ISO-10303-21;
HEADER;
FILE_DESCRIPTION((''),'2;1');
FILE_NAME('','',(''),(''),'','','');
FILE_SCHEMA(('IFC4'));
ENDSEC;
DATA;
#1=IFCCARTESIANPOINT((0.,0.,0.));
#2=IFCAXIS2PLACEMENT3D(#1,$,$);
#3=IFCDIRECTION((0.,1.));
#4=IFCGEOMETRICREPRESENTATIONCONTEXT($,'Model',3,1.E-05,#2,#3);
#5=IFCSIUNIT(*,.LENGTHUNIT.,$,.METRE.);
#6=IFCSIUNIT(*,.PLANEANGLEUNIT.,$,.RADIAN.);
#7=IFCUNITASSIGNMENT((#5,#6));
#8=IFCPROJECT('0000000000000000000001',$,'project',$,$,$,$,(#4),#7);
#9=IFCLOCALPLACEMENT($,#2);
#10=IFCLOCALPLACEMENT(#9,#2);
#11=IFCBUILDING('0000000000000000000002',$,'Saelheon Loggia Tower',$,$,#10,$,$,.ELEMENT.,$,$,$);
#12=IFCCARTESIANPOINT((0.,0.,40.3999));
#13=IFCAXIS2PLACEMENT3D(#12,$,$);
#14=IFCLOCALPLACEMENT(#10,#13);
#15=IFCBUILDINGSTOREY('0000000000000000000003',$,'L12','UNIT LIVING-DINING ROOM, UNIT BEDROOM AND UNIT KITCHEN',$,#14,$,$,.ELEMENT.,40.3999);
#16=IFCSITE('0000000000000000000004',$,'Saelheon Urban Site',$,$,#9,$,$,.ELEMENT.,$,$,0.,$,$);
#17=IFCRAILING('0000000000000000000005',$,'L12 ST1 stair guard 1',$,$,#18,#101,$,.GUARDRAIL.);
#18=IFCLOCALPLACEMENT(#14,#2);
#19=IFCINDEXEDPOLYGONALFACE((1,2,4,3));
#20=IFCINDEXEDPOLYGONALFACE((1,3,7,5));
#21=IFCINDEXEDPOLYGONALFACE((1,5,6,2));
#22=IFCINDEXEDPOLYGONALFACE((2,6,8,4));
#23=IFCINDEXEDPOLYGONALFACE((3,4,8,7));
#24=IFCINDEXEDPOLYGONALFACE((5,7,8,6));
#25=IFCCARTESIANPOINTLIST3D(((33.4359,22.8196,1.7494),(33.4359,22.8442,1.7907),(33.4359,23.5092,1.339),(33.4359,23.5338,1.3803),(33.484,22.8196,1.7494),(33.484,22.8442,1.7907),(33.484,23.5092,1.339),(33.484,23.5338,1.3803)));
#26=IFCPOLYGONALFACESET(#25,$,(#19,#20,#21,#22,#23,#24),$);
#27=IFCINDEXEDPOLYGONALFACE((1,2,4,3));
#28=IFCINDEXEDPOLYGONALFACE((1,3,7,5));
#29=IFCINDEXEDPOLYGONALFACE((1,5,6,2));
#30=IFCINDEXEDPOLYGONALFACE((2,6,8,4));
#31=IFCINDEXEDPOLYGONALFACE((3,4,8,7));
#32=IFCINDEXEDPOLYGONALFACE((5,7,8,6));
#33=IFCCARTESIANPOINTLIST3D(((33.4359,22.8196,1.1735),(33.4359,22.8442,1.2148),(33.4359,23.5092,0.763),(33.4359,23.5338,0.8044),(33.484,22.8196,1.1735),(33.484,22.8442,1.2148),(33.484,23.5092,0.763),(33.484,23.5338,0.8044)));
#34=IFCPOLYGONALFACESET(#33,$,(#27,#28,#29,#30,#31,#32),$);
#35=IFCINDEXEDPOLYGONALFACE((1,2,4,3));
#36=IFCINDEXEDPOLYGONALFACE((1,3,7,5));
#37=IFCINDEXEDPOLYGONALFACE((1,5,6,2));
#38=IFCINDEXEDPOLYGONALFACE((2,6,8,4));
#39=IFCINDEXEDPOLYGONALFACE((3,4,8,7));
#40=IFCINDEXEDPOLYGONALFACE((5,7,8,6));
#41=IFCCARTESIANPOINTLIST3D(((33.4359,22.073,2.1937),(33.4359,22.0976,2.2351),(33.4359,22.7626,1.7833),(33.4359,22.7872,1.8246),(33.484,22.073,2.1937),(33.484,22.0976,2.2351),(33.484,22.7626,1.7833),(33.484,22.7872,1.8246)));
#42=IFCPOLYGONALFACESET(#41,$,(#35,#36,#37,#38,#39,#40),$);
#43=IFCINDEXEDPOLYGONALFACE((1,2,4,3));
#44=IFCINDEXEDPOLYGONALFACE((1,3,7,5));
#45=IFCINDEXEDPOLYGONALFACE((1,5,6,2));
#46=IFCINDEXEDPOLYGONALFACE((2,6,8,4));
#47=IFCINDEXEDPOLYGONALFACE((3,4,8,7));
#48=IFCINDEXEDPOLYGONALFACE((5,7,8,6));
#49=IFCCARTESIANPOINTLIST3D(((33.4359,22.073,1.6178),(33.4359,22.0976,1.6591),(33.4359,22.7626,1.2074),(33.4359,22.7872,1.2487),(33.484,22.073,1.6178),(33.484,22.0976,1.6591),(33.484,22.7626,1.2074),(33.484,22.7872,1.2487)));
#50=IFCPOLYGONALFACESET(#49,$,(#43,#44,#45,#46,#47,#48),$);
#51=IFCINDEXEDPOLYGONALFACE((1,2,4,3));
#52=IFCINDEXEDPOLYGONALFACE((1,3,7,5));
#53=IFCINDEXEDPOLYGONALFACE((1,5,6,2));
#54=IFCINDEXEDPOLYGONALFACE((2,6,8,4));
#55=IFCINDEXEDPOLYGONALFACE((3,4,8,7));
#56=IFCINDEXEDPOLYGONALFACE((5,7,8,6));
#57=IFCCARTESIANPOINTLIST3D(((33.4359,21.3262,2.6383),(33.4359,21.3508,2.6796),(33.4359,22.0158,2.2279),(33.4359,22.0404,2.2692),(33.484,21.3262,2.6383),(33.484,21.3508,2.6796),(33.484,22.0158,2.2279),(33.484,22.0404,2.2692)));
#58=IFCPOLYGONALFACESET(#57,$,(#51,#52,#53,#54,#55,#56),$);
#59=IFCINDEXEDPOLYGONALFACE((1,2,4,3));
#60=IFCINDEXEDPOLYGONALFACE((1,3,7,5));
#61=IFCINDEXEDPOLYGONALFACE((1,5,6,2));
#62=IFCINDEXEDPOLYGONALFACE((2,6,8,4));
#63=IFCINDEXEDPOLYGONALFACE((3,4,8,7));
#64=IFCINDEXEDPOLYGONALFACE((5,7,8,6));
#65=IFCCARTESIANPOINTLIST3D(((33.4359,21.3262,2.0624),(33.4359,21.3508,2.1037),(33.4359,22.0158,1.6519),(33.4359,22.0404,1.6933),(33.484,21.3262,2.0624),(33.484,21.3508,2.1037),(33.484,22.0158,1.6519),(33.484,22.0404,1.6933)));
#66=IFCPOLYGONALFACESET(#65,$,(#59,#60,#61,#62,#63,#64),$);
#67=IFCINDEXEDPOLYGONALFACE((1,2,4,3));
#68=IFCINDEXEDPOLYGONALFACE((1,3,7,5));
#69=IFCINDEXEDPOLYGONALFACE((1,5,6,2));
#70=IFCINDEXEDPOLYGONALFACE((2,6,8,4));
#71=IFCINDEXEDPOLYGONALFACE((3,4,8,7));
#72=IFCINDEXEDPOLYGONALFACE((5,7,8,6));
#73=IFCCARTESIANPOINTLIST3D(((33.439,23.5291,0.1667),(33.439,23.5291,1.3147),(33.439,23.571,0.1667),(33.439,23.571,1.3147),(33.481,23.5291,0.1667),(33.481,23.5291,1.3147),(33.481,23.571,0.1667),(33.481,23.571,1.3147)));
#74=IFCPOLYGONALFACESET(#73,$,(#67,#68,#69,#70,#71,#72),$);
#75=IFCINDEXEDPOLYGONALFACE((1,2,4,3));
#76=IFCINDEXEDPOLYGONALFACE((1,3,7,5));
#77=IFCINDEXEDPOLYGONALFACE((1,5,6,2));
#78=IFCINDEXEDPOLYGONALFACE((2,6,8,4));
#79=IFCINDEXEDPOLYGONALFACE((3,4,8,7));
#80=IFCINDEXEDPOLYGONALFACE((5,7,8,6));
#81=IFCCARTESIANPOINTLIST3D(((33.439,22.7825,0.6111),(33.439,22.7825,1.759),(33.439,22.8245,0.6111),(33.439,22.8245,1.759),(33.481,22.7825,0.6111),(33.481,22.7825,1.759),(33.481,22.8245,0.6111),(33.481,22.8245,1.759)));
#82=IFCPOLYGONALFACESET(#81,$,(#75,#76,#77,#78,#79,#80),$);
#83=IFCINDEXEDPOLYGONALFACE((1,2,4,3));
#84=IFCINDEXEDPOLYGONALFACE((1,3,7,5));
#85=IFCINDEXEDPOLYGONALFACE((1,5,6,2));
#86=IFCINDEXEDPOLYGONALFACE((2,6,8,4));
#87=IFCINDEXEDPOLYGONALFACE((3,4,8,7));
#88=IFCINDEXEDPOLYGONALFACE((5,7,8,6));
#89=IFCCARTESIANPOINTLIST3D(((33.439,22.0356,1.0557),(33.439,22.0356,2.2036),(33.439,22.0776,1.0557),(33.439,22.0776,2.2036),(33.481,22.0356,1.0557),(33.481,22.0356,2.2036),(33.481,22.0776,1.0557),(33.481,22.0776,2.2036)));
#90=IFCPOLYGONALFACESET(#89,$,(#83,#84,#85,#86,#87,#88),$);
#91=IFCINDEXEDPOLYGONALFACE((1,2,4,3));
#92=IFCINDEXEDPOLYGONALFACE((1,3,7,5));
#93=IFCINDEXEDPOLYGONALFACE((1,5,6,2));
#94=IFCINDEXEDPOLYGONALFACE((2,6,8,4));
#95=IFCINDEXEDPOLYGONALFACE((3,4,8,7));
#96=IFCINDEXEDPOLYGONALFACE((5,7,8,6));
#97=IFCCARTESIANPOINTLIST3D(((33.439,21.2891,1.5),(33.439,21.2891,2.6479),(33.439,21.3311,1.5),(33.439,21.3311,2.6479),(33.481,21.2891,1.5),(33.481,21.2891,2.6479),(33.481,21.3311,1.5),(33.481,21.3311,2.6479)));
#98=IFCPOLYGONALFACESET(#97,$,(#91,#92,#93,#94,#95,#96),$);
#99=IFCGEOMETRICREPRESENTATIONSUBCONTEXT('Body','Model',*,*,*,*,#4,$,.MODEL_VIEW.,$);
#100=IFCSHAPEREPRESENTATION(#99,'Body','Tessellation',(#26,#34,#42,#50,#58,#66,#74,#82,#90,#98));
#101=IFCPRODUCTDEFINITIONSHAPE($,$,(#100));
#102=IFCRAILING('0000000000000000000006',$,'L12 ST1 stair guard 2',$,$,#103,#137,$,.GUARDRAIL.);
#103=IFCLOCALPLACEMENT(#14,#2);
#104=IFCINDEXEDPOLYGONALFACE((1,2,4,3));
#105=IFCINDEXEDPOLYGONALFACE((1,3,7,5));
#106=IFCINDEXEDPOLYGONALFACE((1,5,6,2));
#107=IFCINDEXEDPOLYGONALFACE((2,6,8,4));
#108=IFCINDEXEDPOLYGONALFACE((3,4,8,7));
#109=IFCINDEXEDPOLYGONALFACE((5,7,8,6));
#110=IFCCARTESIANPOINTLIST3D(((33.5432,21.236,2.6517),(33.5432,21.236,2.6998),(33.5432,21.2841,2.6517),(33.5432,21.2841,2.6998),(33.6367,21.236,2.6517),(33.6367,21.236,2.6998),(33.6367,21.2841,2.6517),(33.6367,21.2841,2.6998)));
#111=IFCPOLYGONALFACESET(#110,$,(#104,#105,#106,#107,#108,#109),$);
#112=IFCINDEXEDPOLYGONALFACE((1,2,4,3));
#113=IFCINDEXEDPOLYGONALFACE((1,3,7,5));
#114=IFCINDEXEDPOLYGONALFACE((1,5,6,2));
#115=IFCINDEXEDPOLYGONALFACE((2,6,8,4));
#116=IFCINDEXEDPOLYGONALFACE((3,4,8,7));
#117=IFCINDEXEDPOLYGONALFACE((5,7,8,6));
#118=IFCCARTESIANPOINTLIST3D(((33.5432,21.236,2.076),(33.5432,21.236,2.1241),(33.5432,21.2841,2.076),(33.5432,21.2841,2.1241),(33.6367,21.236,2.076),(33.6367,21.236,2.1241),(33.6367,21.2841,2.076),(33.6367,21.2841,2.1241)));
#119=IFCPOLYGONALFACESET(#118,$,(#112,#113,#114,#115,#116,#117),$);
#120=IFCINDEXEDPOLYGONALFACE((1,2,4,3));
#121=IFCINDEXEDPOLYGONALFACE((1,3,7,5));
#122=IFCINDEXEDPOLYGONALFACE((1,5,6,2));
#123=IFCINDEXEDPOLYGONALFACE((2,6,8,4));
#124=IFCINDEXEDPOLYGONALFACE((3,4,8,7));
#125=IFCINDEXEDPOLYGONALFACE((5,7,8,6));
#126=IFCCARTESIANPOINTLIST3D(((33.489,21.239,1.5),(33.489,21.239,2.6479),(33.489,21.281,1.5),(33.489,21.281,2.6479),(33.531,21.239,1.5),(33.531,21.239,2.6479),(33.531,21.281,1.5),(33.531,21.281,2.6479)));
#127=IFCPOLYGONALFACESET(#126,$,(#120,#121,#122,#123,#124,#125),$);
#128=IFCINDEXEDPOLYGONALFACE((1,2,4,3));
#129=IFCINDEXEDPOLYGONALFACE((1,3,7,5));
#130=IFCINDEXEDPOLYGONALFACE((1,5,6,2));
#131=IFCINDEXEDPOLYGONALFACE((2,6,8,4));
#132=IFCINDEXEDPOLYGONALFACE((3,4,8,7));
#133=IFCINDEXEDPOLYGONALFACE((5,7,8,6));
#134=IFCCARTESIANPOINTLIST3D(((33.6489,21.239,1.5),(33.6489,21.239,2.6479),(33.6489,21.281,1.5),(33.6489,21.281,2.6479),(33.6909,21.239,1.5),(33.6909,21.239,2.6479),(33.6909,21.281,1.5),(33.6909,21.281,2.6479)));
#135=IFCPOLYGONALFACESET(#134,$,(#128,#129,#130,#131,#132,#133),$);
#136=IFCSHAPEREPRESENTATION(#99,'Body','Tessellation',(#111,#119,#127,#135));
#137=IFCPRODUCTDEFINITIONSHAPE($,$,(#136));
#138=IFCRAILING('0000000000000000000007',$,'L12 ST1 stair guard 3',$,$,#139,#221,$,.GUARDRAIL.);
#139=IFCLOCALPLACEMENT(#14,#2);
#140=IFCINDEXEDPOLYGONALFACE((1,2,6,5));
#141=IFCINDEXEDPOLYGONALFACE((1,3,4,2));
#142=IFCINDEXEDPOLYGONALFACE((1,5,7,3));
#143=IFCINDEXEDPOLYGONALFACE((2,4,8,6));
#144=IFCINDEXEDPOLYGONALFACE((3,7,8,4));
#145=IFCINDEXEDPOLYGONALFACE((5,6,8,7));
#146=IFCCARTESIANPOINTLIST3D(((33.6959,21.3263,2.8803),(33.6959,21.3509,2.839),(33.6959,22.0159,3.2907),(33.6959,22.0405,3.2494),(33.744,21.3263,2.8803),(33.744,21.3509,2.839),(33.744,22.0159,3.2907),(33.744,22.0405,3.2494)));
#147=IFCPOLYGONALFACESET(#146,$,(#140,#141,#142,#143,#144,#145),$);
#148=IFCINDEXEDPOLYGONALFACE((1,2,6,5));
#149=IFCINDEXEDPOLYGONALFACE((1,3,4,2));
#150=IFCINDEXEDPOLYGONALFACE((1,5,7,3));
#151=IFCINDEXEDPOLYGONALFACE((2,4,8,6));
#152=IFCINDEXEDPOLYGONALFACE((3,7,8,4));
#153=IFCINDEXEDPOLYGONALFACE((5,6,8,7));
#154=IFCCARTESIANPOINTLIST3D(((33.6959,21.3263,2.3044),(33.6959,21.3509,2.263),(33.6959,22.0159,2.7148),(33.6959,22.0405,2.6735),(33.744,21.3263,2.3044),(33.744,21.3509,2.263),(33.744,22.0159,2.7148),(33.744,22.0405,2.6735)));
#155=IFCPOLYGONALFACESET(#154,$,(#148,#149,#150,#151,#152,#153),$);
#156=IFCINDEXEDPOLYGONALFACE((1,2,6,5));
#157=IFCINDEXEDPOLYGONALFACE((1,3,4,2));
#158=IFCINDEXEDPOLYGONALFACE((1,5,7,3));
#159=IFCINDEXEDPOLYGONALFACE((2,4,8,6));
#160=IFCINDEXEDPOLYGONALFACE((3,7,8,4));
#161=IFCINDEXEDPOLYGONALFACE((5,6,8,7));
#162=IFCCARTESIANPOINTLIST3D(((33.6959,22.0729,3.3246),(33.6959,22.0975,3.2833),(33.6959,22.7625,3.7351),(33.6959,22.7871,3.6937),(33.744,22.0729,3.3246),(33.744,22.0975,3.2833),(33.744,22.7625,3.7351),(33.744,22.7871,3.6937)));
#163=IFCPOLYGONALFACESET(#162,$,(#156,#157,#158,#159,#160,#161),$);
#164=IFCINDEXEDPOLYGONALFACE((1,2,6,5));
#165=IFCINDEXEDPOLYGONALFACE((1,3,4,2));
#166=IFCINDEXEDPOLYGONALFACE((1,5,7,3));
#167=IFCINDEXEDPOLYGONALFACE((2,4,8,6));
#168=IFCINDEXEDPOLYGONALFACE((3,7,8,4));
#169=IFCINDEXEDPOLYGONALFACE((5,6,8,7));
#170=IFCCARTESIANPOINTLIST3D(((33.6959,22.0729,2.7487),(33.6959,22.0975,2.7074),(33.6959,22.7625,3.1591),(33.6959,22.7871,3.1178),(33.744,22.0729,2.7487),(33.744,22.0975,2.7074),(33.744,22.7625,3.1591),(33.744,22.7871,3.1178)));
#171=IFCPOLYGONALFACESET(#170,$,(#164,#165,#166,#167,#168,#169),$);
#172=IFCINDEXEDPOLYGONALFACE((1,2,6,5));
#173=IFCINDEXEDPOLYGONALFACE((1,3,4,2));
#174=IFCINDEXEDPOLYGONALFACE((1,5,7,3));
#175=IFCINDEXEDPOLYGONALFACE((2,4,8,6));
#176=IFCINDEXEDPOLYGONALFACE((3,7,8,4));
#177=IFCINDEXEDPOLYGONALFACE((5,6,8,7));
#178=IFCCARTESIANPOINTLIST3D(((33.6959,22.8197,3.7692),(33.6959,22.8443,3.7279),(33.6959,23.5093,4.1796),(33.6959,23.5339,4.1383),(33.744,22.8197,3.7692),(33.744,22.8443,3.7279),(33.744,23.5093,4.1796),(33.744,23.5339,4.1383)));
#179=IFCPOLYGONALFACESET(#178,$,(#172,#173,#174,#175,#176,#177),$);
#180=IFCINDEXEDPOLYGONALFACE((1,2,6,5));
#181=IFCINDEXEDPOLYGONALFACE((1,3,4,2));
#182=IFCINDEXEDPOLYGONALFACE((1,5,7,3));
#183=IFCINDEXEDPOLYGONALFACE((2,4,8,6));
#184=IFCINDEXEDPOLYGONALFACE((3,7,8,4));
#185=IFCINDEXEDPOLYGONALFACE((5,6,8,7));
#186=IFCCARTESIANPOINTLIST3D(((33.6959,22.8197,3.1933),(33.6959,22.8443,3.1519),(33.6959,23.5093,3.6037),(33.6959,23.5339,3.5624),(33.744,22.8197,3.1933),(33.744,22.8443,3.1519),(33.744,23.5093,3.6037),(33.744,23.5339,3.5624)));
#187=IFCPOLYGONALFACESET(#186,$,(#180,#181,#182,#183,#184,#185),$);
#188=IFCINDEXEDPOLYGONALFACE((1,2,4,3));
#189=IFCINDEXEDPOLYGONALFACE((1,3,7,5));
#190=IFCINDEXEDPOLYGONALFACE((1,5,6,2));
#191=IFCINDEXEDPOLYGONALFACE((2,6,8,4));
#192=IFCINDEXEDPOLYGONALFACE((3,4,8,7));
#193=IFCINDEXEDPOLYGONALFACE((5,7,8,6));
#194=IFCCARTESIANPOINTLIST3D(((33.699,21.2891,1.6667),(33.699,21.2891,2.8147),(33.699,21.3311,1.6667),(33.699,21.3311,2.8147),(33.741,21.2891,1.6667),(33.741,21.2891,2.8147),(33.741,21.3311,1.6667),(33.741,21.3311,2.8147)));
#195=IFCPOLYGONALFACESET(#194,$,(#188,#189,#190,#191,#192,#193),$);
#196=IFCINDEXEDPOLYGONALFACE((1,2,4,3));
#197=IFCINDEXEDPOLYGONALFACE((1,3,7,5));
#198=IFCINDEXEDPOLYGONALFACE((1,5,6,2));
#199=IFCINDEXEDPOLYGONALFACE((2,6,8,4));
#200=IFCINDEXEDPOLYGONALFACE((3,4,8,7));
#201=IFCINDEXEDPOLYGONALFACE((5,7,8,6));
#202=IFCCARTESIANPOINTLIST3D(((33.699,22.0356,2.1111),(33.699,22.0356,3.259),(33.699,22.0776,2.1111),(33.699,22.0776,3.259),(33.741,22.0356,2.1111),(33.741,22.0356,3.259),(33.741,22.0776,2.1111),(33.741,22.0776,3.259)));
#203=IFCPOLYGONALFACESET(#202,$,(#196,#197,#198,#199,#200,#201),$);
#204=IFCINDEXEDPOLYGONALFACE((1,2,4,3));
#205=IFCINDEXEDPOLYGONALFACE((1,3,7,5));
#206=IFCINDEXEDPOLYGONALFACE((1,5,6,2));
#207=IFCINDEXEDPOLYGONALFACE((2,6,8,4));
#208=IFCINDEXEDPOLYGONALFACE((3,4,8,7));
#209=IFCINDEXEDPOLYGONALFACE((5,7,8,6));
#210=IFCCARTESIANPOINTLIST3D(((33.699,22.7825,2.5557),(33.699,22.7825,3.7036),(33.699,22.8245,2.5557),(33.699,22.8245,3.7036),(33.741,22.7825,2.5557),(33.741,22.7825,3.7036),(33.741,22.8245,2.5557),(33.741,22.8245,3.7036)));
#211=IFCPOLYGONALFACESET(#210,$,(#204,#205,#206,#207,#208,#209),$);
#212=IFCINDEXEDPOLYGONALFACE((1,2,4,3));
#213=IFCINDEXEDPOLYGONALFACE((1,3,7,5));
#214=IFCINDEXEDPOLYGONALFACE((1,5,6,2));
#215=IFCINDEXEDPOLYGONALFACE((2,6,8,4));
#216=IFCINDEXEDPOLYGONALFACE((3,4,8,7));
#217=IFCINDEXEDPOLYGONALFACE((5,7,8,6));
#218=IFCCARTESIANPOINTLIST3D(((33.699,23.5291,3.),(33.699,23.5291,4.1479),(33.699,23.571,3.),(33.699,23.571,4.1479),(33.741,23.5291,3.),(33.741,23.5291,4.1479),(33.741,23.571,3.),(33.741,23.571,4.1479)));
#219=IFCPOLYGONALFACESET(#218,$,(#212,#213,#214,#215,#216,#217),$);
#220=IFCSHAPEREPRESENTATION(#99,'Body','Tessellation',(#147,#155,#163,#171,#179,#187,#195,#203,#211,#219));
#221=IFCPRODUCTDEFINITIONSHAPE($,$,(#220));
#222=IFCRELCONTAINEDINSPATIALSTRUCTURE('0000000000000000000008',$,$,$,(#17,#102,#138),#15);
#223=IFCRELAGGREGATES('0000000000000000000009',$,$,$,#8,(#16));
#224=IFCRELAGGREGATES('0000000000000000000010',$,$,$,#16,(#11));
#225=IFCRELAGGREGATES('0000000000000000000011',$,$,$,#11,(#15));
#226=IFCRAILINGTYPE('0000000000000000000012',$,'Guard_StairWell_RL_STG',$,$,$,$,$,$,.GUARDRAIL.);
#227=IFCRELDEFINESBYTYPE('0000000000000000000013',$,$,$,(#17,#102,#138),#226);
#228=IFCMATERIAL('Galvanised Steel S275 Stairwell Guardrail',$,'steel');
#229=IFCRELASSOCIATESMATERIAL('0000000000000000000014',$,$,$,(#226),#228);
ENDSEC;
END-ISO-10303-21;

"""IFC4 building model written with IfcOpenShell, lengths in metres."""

from ifc_helpers import new_model, si_unit, direction, frame, origin, origin_2d, place, context, subcontext, project, spatial, rectangle, extrude, material, type_object, element, save


model = new_model("IFC4")

# Units and contexts
model_context = context("Model", 3, precision=1e-05, world=origin(), true_north=direction((0.0, 1.0)))
body_context = subcontext(model_context, "Body", "Model", "MODEL_VIEW")
ifc_project = project(units=[si_unit("LENGTHUNIT", "METRE"), si_unit("PLANEANGLEUNIT", "RADIAN")], contexts=[model_context])

# Site, building, storey
site_placement = place(None, origin())
site = spatial("IfcSite", under=ifc_project, at=site_placement, Name="Saelheon Urban Site", CompositionType="ELEMENT", RefElevation=0.0)
building_placement = place(site_placement, origin())
building = spatial("IfcBuilding", under=site, at=building_placement, Name="Saelheon Loggia Tower", CompositionType="ELEMENT")
storey_placement = place(building_placement, frame((0.0, 0.0, 40.3999)))
storey = spatial("IfcBuildingStorey", under=building, at=storey_placement, Name="L12", Description="UNIT LIVING-DINING ROOM, UNIT BEDROOM AND UNIT KITCHEN", CompositionType="ELEMENT", Elevation=40.3999)

# Railings
ifc_material_1 = material(Name="Galvanised Steel S275 Stairwell Guardrail", Category="steel")
railing_type_1 = type_object("IfcRailingType", Name="Guard_StairWell_RL_STG", PredefinedType="GUARDRAIL", material=ifc_material_1)
railing_1_placement = place(storey_placement, frame((33.46, 23.55, 0.1667)))
element("IfcRailing", 1, at=railing_1_placement, inside=storey, type_object=railing_type_1, Name="L12 ST1 stair guard 1", PredefinedType="GUARDRAIL", context=body_context, shape_type="SweptSolid", body=[
    extrude(rectangle(XDim=0.0481, YDim=0.0481, at=origin_2d()), frame((0.0, -0.0286, 1.1929), z_axis=(0.0, -0.859306, 0.511462), x_axis=(1.0, 0.0, 0.0)), (0.0, 0.0, 1.0), 0.8025),
    extrude(rectangle(XDim=0.0481, YDim=0.0481, at=origin_2d()), frame((0.0, -0.0286, 0.6169), z_axis=(0.0, -0.859306, 0.511462), x_axis=(1.0, 0.0, 0.0)), (0.0, 0.0, 1.0), 0.8025),
    extrude(rectangle(XDim=0.0481, YDim=0.0481, at=origin_2d()), frame((0.0, -0.7751, 1.6372), z_axis=(0.0, -0.859306, 0.511462), x_axis=(1.0, 0.0, 0.0)), (0.0, 0.0, 1.0), 0.8025),
    extrude(rectangle(XDim=0.0481, YDim=0.0481, at=origin_2d()), frame((0.0, -0.7751, 1.0613), z_axis=(0.0, -0.859306, 0.511462), x_axis=(1.0, 0.0, 0.0)), (0.0, 0.0, 1.0), 0.8025),
    extrude(rectangle(XDim=0.0481, YDim=0.0481, at=origin_2d()), frame((0.0, -1.522, 2.0818), z_axis=(0.0, -0.859306, 0.511462), x_axis=(1.0, 0.0, 0.0)), (0.0, 0.0, 1.0), 0.8025),
    extrude(rectangle(XDim=0.0481, YDim=0.0481, at=origin_2d()), frame((0.0, -1.522, 1.5059), z_axis=(0.0, -0.859306, 0.511462), x_axis=(1.0, 0.0, 0.0)), (0.0, 0.0, 1.0), 0.8025),
    extrude(rectangle(XDim=0.042, YDim=0.042, at=origin_2d()), origin(), (0.0, 0.0, 1.0), 1.1479),
    extrude(rectangle(XDim=0.042, YDim=0.042, at=origin_2d()), frame((0.0, -0.7466, 0.4443)), (0.0, 0.0, 1.0), 1.1479),
    extrude(rectangle(XDim=0.042, YDim=0.042, at=origin_2d()), frame((0.0, -1.4934, 0.8889)), (0.0, 0.0, 1.0), 1.1479),
    extrude(rectangle(XDim=0.042, YDim=0.042, at=origin_2d()), frame((0.0, -2.24, 1.3333)), (0.0, 0.0, 1.0), 1.1479),
])
railing_2_placement = place(storey_placement, frame((33.51, 21.26, 1.5)))
element("IfcRailing", 2, at=railing_2_placement, inside=storey, type_object=railing_type_1, Name="L12 ST1 stair guard 2", PredefinedType="GUARDRAIL", context=body_context, shape_type="SweptSolid", body=[
    extrude(rectangle(XDim=0.0481, YDim=0.0481, at=origin_2d()), frame((0.0332, 0.0, 1.1758), z_axis=(1.0, 0.0, 0.0), x_axis=(0.0, 1.0, 0.0)), (0.0, 0.0, 1.0), 0.0935),
    extrude(rectangle(XDim=0.0481, YDim=0.0481, at=origin_2d()), frame((0.0332, 0.0, 0.6001), z_axis=(1.0, 0.0, 0.0), x_axis=(0.0, 1.0, 0.0)), (0.0, 0.0, 1.0), 0.0935),
    extrude(rectangle(XDim=0.042, YDim=0.042, at=origin_2d()), origin(), (0.0, 0.0, 1.0), 1.1479),
    extrude(rectangle(XDim=0.042, YDim=0.042, at=origin_2d()), frame((0.1599, 0.0, 0.0)), (0.0, 0.0, 1.0), 1.1479),
])
railing_3_placement = place(storey_placement, frame((33.72, 21.3101, 1.6667)))
element("IfcRailing", 3, at=railing_3_placement, inside=storey, type_object=railing_type_1, Name="L12 ST1 stair guard 3", PredefinedType="GUARDRAIL", context=body_context, shape_type="SweptSolid", body=[
    extrude(rectangle(XDim=0.0481, YDim=0.0481, at=origin_2d()), frame((0.0, 0.0286, 1.1929), z_axis=(0.0, 0.859306, 0.511462), x_axis=(-1.0, 0.0, 0.0)), (0.0, 0.0, 1.0), 0.8025),
    extrude(rectangle(XDim=0.0481, YDim=0.0481, at=origin_2d()), frame((0.0, 0.0286, 0.6169), z_axis=(0.0, 0.859306, 0.511462), x_axis=(-1.0, 0.0, 0.0)), (0.0, 0.0, 1.0), 0.8025),
    extrude(rectangle(XDim=0.0481, YDim=0.0481, at=origin_2d()), frame((0.0, 0.7751, 1.6372), z_axis=(0.0, 0.859306, 0.511462), x_axis=(-1.0, 0.0, 0.0)), (0.0, 0.0, 1.0), 0.8025),
    extrude(rectangle(XDim=0.0481, YDim=0.0481, at=origin_2d()), frame((0.0, 0.7751, 1.0613), z_axis=(0.0, 0.859306, 0.511462), x_axis=(-1.0, 0.0, 0.0)), (0.0, 0.0, 1.0), 0.8025),
    extrude(rectangle(XDim=0.0481, YDim=0.0481, at=origin_2d()), frame((0.0, 1.522, 2.0818), z_axis=(0.0, 0.859306, 0.511462), x_axis=(-1.0, 0.0, 0.0)), (0.0, 0.0, 1.0), 0.8025),
    extrude(rectangle(XDim=0.0481, YDim=0.0481, at=origin_2d()), frame((0.0, 1.522, 1.5059), z_axis=(0.0, 0.859306, 0.511462), x_axis=(-1.0, 0.0, 0.0)), (0.0, 0.0, 1.0), 0.8025),
    extrude(rectangle(XDim=0.042, YDim=0.042, at=origin_2d()), origin(), (0.0, 0.0, 1.0), 1.1479),
    extrude(rectangle(XDim=0.042, YDim=0.042, at=origin_2d()), frame((0.0, 0.7466, 0.4443)), (0.0, 0.0, 1.0), 1.1479),
    extrude(rectangle(XDim=0.042, YDim=0.042, at=origin_2d()), frame((0.0, 1.4934, 0.8889)), (0.0, 0.0, 1.0), 1.1479),
    extrude(rectangle(XDim=0.042, YDim=0.042, at=origin_2d()), frame((0.0, 2.24, 1.3333)), (0.0, 0.0, 1.0), 1.1479),
])

save(model, "model.ifc")
